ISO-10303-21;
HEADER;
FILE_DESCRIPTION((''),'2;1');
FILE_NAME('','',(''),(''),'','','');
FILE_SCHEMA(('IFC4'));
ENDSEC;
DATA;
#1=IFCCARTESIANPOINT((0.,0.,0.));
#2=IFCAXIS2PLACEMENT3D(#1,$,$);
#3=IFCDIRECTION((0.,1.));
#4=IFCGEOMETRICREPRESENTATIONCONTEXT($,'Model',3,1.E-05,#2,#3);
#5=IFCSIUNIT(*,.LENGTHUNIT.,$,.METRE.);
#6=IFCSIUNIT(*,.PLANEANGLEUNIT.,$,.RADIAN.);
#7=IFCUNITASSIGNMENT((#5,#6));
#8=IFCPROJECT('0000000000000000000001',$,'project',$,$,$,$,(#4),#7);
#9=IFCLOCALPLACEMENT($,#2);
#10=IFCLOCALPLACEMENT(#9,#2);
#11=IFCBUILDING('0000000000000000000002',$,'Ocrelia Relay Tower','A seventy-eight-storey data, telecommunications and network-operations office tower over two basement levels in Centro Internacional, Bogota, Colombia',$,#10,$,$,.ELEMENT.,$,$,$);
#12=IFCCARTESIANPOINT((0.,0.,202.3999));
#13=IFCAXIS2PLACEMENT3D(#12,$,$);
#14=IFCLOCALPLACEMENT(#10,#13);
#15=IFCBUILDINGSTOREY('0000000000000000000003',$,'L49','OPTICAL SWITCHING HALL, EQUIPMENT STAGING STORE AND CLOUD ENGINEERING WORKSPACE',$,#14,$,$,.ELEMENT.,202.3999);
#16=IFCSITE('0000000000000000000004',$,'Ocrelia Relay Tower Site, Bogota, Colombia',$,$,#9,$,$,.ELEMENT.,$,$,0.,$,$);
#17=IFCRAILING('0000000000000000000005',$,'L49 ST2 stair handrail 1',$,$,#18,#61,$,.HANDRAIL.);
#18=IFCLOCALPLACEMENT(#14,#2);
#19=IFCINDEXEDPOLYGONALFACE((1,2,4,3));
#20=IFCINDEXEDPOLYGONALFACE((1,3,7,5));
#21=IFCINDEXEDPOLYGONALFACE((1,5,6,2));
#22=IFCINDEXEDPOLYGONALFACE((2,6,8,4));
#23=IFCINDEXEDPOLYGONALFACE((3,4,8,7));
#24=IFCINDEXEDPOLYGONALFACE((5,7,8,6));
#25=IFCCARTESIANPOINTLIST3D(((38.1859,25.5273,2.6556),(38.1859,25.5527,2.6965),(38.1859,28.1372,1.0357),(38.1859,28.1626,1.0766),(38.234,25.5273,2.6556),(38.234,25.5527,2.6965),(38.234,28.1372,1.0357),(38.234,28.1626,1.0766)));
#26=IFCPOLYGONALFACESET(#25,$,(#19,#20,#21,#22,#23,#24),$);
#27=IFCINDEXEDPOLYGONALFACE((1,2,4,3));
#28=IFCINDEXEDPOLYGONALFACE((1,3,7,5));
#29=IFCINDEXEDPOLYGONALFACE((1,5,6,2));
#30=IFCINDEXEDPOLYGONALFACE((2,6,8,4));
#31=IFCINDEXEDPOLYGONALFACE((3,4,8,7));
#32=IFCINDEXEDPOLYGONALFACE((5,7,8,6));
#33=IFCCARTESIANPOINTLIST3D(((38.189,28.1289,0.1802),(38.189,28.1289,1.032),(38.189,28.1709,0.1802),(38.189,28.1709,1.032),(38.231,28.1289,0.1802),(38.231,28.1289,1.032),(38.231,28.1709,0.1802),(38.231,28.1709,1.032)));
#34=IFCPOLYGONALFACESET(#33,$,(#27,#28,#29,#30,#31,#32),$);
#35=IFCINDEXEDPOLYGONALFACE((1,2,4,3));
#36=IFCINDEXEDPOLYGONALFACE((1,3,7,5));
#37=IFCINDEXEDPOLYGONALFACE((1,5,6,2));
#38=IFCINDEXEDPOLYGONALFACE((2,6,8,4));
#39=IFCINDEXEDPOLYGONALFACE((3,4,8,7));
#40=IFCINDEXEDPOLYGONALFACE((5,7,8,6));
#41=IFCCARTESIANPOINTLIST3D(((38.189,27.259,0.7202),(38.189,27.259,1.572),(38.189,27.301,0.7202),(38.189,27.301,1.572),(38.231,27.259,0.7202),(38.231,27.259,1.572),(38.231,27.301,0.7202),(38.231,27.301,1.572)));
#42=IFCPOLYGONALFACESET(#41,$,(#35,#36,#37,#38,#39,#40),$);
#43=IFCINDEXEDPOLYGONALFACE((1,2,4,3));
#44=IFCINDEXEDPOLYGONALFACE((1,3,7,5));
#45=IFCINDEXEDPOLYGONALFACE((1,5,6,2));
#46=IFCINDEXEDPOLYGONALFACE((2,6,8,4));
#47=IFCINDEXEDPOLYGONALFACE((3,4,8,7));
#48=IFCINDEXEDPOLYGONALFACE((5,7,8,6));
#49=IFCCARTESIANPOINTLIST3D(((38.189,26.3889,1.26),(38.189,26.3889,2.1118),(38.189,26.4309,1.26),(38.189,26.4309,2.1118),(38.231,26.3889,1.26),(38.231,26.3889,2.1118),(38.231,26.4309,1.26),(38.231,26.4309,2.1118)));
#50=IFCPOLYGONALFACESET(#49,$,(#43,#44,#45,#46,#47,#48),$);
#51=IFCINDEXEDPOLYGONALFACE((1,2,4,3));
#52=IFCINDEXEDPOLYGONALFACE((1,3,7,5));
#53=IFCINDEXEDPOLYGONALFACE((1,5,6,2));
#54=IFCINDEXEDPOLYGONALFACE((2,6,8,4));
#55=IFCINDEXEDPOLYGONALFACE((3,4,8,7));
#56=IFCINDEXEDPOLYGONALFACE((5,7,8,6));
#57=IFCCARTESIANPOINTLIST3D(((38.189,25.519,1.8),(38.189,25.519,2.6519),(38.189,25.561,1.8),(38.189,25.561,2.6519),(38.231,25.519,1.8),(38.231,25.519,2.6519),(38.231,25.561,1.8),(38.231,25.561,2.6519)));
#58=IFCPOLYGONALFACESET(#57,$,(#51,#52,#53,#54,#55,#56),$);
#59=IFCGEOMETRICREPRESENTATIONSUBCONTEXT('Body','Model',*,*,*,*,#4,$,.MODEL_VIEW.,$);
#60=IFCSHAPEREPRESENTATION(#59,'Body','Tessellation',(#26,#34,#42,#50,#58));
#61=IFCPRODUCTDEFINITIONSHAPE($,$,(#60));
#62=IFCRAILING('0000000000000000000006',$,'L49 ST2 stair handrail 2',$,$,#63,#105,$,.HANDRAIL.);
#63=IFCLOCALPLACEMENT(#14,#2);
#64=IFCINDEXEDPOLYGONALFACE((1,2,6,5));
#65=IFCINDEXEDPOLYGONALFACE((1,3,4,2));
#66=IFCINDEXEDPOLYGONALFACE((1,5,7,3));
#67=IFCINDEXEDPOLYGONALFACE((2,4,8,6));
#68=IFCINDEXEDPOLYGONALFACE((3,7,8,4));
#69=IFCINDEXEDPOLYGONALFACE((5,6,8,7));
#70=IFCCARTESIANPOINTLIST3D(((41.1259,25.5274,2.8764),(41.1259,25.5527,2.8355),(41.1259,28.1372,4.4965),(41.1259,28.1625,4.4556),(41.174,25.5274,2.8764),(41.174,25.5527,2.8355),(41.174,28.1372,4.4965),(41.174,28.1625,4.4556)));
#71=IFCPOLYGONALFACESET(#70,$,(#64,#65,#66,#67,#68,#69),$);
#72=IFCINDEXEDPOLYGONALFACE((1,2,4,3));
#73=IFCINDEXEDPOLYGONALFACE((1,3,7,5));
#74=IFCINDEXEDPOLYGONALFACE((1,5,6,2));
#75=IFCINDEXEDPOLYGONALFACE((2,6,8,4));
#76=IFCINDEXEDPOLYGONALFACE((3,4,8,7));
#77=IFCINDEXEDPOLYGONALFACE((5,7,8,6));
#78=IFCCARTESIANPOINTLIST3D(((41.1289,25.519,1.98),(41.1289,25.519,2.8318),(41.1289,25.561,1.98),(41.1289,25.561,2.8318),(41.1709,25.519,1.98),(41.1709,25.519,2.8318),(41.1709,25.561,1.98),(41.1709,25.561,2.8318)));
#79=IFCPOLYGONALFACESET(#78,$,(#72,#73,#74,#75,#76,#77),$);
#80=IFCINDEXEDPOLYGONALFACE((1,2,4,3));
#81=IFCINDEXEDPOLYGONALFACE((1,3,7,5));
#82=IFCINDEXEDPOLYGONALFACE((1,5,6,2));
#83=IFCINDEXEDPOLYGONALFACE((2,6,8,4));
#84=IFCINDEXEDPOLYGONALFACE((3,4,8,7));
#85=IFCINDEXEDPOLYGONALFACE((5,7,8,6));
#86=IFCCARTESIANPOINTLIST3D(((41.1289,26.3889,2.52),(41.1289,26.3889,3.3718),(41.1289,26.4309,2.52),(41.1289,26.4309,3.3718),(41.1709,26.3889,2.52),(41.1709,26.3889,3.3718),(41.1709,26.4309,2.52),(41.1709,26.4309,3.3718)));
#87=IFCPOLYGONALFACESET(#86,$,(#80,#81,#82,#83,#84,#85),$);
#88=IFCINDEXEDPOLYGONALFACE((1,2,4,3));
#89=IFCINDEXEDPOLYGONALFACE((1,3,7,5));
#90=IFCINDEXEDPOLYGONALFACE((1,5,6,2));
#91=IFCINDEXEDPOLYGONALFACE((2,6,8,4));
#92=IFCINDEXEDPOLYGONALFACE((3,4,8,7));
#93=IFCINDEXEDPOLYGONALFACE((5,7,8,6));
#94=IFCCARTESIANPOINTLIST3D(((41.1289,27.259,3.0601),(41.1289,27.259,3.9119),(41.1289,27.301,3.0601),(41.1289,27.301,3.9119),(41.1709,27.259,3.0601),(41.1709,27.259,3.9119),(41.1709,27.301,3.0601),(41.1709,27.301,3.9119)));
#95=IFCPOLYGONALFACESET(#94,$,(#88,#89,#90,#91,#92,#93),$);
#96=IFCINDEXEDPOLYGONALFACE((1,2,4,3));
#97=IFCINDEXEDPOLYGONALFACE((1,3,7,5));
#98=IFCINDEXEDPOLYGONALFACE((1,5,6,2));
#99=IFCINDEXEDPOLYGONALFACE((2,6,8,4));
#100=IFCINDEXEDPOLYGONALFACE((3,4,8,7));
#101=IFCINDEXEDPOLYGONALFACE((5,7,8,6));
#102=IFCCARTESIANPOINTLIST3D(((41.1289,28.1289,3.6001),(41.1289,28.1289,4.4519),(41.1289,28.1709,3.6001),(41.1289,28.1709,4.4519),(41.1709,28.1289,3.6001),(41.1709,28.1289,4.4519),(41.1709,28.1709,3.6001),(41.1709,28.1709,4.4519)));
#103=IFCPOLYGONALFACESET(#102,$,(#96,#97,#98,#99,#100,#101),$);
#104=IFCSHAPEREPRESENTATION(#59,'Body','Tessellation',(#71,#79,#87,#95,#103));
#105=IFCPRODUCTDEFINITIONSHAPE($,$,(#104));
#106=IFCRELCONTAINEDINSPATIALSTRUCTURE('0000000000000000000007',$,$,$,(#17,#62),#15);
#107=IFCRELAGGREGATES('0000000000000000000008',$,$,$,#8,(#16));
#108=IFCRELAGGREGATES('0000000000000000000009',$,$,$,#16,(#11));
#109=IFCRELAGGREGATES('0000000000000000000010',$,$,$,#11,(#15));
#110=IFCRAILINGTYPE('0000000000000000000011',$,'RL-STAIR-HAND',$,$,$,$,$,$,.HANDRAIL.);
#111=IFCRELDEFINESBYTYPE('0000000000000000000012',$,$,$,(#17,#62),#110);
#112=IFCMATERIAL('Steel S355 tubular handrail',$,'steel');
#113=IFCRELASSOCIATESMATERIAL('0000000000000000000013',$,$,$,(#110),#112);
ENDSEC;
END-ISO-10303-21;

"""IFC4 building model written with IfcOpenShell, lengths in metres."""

from ifc_helpers import new_model, si_unit, direction, frame, origin, origin_2d, place, context, subcontext, project, spatial, rectangle, extrude, material, type_object, element, save


model = new_model("IFC4")

# Units and contexts
model_context = context("Model", 3, precision=1e-05, world=origin(), true_north=direction((0.0, 1.0)))
body_context = subcontext(model_context, "Body", "Model", "MODEL_VIEW")
ifc_project = project(units=[si_unit("LENGTHUNIT", "METRE"), si_unit("PLANEANGLEUNIT", "RADIAN")], contexts=[model_context])

# Site, building, storey
site_placement = place(None, origin())
site = spatial("IfcSite", under=ifc_project, at=site_placement, Name="Ocrelia Relay Tower Site, Bogota, Colombia", CompositionType="ELEMENT", RefElevation=0.0)
building_placement = place(site_placement, origin())
building = spatial("IfcBuilding", under=site, at=building_placement, Name="Ocrelia Relay Tower", Description="A seventy-eight-storey data, telecommunications and network-operations office tower over two basement levels in Centro Internacional, Bogota, Colombia", CompositionType="ELEMENT")
storey_placement = place(building_placement, frame((0.0, 0.0, 202.3999)))
storey = spatial("IfcBuildingStorey", under=building, at=storey_placement, Name="L49", Description="OPTICAL SWITCHING HALL, EQUIPMENT STAGING STORE AND CLOUD ENGINEERING WORKSPACE", CompositionType="ELEMENT", Elevation=202.3999)

# Railings
ifc_material_1 = material(Name="Steel S355 tubular handrail", Category="steel")
railing_type_1 = type_object("IfcRailingType", Name="RL-STAIR-HAND", PredefinedType="HANDRAIL", material=ifc_material_1)
railing_1_placement = place(storey_placement, frame((38.21, 28.1499, 0.1802)))
element("IfcRailing", 1, at=railing_1_placement, inside=storey, type_object=railing_type_1, Name="L49 ST2 stair handrail 1", PredefinedType="HANDRAIL", context=body_context, shape_type="SweptSolid", body=[
    extrude(rectangle(XDim=0.0481, YDim=0.0481, at=origin_2d()), frame((0.0, 0.0, 0.876), z_axis=(0.0, -0.849646, 0.527353), x_axis=(1.0, 0.0, 0.0)), (0.0, 0.0, 1.0), 3.0718),
    extrude(rectangle(XDim=0.042, YDim=0.042, at=origin_2d()), origin(), (0.0, 0.0, 1.0), 0.8518),
    extrude(rectangle(XDim=0.042, YDim=0.042, at=origin_2d()), frame((0.0, -0.8699, 0.54)), (0.0, 0.0, 1.0), 0.8518),
    extrude(rectangle(XDim=0.042, YDim=0.042, at=origin_2d()), frame((0.0, -1.74, 1.0798)), (0.0, 0.0, 1.0), 0.8518),
    extrude(rectangle(XDim=0.042, YDim=0.042, at=origin_2d()), frame((0.0, -2.6099, 1.6199)), (0.0, 0.0, 1.0), 0.8518),
])
railing_2_placement = place(storey_placement, frame((41.1499, 25.54, 1.98)))
element("IfcRailing", 2, at=railing_2_placement, inside=storey, type_object=railing_type_1, Name="L49 ST2 stair handrail 2", PredefinedType="HANDRAIL", context=body_context, shape_type="SweptSolid", body=[
    extrude(rectangle(XDim=0.0481, YDim=0.0481, at=origin_2d()), frame((0.0, 0.0, 0.876), z_axis=(0.0, 0.849611, 0.52741), x_axis=(-1.0, 0.0, 0.0)), (0.0, 0.0, 1.0), 3.0718),
    extrude(rectangle(XDim=0.042, YDim=0.042, at=origin_2d()), origin(), (0.0, 0.0, 1.0), 0.8518),
    extrude(rectangle(XDim=0.042, YDim=0.042, at=origin_2d()), frame((0.0, 0.8699, 0.54)), (0.0, 0.0, 1.0), 0.8518),
    extrude(rectangle(XDim=0.042, YDim=0.042, at=origin_2d()), frame((0.0, 1.74, 1.0801)), (0.0, 0.0, 1.0), 0.8518),
    extrude(rectangle(XDim=0.042, YDim=0.042, at=origin_2d()), frame((0.0, 2.6099, 1.6201)), (0.0, 0.0, 1.0), 0.8518),
])

save(model, "model.ifc")
